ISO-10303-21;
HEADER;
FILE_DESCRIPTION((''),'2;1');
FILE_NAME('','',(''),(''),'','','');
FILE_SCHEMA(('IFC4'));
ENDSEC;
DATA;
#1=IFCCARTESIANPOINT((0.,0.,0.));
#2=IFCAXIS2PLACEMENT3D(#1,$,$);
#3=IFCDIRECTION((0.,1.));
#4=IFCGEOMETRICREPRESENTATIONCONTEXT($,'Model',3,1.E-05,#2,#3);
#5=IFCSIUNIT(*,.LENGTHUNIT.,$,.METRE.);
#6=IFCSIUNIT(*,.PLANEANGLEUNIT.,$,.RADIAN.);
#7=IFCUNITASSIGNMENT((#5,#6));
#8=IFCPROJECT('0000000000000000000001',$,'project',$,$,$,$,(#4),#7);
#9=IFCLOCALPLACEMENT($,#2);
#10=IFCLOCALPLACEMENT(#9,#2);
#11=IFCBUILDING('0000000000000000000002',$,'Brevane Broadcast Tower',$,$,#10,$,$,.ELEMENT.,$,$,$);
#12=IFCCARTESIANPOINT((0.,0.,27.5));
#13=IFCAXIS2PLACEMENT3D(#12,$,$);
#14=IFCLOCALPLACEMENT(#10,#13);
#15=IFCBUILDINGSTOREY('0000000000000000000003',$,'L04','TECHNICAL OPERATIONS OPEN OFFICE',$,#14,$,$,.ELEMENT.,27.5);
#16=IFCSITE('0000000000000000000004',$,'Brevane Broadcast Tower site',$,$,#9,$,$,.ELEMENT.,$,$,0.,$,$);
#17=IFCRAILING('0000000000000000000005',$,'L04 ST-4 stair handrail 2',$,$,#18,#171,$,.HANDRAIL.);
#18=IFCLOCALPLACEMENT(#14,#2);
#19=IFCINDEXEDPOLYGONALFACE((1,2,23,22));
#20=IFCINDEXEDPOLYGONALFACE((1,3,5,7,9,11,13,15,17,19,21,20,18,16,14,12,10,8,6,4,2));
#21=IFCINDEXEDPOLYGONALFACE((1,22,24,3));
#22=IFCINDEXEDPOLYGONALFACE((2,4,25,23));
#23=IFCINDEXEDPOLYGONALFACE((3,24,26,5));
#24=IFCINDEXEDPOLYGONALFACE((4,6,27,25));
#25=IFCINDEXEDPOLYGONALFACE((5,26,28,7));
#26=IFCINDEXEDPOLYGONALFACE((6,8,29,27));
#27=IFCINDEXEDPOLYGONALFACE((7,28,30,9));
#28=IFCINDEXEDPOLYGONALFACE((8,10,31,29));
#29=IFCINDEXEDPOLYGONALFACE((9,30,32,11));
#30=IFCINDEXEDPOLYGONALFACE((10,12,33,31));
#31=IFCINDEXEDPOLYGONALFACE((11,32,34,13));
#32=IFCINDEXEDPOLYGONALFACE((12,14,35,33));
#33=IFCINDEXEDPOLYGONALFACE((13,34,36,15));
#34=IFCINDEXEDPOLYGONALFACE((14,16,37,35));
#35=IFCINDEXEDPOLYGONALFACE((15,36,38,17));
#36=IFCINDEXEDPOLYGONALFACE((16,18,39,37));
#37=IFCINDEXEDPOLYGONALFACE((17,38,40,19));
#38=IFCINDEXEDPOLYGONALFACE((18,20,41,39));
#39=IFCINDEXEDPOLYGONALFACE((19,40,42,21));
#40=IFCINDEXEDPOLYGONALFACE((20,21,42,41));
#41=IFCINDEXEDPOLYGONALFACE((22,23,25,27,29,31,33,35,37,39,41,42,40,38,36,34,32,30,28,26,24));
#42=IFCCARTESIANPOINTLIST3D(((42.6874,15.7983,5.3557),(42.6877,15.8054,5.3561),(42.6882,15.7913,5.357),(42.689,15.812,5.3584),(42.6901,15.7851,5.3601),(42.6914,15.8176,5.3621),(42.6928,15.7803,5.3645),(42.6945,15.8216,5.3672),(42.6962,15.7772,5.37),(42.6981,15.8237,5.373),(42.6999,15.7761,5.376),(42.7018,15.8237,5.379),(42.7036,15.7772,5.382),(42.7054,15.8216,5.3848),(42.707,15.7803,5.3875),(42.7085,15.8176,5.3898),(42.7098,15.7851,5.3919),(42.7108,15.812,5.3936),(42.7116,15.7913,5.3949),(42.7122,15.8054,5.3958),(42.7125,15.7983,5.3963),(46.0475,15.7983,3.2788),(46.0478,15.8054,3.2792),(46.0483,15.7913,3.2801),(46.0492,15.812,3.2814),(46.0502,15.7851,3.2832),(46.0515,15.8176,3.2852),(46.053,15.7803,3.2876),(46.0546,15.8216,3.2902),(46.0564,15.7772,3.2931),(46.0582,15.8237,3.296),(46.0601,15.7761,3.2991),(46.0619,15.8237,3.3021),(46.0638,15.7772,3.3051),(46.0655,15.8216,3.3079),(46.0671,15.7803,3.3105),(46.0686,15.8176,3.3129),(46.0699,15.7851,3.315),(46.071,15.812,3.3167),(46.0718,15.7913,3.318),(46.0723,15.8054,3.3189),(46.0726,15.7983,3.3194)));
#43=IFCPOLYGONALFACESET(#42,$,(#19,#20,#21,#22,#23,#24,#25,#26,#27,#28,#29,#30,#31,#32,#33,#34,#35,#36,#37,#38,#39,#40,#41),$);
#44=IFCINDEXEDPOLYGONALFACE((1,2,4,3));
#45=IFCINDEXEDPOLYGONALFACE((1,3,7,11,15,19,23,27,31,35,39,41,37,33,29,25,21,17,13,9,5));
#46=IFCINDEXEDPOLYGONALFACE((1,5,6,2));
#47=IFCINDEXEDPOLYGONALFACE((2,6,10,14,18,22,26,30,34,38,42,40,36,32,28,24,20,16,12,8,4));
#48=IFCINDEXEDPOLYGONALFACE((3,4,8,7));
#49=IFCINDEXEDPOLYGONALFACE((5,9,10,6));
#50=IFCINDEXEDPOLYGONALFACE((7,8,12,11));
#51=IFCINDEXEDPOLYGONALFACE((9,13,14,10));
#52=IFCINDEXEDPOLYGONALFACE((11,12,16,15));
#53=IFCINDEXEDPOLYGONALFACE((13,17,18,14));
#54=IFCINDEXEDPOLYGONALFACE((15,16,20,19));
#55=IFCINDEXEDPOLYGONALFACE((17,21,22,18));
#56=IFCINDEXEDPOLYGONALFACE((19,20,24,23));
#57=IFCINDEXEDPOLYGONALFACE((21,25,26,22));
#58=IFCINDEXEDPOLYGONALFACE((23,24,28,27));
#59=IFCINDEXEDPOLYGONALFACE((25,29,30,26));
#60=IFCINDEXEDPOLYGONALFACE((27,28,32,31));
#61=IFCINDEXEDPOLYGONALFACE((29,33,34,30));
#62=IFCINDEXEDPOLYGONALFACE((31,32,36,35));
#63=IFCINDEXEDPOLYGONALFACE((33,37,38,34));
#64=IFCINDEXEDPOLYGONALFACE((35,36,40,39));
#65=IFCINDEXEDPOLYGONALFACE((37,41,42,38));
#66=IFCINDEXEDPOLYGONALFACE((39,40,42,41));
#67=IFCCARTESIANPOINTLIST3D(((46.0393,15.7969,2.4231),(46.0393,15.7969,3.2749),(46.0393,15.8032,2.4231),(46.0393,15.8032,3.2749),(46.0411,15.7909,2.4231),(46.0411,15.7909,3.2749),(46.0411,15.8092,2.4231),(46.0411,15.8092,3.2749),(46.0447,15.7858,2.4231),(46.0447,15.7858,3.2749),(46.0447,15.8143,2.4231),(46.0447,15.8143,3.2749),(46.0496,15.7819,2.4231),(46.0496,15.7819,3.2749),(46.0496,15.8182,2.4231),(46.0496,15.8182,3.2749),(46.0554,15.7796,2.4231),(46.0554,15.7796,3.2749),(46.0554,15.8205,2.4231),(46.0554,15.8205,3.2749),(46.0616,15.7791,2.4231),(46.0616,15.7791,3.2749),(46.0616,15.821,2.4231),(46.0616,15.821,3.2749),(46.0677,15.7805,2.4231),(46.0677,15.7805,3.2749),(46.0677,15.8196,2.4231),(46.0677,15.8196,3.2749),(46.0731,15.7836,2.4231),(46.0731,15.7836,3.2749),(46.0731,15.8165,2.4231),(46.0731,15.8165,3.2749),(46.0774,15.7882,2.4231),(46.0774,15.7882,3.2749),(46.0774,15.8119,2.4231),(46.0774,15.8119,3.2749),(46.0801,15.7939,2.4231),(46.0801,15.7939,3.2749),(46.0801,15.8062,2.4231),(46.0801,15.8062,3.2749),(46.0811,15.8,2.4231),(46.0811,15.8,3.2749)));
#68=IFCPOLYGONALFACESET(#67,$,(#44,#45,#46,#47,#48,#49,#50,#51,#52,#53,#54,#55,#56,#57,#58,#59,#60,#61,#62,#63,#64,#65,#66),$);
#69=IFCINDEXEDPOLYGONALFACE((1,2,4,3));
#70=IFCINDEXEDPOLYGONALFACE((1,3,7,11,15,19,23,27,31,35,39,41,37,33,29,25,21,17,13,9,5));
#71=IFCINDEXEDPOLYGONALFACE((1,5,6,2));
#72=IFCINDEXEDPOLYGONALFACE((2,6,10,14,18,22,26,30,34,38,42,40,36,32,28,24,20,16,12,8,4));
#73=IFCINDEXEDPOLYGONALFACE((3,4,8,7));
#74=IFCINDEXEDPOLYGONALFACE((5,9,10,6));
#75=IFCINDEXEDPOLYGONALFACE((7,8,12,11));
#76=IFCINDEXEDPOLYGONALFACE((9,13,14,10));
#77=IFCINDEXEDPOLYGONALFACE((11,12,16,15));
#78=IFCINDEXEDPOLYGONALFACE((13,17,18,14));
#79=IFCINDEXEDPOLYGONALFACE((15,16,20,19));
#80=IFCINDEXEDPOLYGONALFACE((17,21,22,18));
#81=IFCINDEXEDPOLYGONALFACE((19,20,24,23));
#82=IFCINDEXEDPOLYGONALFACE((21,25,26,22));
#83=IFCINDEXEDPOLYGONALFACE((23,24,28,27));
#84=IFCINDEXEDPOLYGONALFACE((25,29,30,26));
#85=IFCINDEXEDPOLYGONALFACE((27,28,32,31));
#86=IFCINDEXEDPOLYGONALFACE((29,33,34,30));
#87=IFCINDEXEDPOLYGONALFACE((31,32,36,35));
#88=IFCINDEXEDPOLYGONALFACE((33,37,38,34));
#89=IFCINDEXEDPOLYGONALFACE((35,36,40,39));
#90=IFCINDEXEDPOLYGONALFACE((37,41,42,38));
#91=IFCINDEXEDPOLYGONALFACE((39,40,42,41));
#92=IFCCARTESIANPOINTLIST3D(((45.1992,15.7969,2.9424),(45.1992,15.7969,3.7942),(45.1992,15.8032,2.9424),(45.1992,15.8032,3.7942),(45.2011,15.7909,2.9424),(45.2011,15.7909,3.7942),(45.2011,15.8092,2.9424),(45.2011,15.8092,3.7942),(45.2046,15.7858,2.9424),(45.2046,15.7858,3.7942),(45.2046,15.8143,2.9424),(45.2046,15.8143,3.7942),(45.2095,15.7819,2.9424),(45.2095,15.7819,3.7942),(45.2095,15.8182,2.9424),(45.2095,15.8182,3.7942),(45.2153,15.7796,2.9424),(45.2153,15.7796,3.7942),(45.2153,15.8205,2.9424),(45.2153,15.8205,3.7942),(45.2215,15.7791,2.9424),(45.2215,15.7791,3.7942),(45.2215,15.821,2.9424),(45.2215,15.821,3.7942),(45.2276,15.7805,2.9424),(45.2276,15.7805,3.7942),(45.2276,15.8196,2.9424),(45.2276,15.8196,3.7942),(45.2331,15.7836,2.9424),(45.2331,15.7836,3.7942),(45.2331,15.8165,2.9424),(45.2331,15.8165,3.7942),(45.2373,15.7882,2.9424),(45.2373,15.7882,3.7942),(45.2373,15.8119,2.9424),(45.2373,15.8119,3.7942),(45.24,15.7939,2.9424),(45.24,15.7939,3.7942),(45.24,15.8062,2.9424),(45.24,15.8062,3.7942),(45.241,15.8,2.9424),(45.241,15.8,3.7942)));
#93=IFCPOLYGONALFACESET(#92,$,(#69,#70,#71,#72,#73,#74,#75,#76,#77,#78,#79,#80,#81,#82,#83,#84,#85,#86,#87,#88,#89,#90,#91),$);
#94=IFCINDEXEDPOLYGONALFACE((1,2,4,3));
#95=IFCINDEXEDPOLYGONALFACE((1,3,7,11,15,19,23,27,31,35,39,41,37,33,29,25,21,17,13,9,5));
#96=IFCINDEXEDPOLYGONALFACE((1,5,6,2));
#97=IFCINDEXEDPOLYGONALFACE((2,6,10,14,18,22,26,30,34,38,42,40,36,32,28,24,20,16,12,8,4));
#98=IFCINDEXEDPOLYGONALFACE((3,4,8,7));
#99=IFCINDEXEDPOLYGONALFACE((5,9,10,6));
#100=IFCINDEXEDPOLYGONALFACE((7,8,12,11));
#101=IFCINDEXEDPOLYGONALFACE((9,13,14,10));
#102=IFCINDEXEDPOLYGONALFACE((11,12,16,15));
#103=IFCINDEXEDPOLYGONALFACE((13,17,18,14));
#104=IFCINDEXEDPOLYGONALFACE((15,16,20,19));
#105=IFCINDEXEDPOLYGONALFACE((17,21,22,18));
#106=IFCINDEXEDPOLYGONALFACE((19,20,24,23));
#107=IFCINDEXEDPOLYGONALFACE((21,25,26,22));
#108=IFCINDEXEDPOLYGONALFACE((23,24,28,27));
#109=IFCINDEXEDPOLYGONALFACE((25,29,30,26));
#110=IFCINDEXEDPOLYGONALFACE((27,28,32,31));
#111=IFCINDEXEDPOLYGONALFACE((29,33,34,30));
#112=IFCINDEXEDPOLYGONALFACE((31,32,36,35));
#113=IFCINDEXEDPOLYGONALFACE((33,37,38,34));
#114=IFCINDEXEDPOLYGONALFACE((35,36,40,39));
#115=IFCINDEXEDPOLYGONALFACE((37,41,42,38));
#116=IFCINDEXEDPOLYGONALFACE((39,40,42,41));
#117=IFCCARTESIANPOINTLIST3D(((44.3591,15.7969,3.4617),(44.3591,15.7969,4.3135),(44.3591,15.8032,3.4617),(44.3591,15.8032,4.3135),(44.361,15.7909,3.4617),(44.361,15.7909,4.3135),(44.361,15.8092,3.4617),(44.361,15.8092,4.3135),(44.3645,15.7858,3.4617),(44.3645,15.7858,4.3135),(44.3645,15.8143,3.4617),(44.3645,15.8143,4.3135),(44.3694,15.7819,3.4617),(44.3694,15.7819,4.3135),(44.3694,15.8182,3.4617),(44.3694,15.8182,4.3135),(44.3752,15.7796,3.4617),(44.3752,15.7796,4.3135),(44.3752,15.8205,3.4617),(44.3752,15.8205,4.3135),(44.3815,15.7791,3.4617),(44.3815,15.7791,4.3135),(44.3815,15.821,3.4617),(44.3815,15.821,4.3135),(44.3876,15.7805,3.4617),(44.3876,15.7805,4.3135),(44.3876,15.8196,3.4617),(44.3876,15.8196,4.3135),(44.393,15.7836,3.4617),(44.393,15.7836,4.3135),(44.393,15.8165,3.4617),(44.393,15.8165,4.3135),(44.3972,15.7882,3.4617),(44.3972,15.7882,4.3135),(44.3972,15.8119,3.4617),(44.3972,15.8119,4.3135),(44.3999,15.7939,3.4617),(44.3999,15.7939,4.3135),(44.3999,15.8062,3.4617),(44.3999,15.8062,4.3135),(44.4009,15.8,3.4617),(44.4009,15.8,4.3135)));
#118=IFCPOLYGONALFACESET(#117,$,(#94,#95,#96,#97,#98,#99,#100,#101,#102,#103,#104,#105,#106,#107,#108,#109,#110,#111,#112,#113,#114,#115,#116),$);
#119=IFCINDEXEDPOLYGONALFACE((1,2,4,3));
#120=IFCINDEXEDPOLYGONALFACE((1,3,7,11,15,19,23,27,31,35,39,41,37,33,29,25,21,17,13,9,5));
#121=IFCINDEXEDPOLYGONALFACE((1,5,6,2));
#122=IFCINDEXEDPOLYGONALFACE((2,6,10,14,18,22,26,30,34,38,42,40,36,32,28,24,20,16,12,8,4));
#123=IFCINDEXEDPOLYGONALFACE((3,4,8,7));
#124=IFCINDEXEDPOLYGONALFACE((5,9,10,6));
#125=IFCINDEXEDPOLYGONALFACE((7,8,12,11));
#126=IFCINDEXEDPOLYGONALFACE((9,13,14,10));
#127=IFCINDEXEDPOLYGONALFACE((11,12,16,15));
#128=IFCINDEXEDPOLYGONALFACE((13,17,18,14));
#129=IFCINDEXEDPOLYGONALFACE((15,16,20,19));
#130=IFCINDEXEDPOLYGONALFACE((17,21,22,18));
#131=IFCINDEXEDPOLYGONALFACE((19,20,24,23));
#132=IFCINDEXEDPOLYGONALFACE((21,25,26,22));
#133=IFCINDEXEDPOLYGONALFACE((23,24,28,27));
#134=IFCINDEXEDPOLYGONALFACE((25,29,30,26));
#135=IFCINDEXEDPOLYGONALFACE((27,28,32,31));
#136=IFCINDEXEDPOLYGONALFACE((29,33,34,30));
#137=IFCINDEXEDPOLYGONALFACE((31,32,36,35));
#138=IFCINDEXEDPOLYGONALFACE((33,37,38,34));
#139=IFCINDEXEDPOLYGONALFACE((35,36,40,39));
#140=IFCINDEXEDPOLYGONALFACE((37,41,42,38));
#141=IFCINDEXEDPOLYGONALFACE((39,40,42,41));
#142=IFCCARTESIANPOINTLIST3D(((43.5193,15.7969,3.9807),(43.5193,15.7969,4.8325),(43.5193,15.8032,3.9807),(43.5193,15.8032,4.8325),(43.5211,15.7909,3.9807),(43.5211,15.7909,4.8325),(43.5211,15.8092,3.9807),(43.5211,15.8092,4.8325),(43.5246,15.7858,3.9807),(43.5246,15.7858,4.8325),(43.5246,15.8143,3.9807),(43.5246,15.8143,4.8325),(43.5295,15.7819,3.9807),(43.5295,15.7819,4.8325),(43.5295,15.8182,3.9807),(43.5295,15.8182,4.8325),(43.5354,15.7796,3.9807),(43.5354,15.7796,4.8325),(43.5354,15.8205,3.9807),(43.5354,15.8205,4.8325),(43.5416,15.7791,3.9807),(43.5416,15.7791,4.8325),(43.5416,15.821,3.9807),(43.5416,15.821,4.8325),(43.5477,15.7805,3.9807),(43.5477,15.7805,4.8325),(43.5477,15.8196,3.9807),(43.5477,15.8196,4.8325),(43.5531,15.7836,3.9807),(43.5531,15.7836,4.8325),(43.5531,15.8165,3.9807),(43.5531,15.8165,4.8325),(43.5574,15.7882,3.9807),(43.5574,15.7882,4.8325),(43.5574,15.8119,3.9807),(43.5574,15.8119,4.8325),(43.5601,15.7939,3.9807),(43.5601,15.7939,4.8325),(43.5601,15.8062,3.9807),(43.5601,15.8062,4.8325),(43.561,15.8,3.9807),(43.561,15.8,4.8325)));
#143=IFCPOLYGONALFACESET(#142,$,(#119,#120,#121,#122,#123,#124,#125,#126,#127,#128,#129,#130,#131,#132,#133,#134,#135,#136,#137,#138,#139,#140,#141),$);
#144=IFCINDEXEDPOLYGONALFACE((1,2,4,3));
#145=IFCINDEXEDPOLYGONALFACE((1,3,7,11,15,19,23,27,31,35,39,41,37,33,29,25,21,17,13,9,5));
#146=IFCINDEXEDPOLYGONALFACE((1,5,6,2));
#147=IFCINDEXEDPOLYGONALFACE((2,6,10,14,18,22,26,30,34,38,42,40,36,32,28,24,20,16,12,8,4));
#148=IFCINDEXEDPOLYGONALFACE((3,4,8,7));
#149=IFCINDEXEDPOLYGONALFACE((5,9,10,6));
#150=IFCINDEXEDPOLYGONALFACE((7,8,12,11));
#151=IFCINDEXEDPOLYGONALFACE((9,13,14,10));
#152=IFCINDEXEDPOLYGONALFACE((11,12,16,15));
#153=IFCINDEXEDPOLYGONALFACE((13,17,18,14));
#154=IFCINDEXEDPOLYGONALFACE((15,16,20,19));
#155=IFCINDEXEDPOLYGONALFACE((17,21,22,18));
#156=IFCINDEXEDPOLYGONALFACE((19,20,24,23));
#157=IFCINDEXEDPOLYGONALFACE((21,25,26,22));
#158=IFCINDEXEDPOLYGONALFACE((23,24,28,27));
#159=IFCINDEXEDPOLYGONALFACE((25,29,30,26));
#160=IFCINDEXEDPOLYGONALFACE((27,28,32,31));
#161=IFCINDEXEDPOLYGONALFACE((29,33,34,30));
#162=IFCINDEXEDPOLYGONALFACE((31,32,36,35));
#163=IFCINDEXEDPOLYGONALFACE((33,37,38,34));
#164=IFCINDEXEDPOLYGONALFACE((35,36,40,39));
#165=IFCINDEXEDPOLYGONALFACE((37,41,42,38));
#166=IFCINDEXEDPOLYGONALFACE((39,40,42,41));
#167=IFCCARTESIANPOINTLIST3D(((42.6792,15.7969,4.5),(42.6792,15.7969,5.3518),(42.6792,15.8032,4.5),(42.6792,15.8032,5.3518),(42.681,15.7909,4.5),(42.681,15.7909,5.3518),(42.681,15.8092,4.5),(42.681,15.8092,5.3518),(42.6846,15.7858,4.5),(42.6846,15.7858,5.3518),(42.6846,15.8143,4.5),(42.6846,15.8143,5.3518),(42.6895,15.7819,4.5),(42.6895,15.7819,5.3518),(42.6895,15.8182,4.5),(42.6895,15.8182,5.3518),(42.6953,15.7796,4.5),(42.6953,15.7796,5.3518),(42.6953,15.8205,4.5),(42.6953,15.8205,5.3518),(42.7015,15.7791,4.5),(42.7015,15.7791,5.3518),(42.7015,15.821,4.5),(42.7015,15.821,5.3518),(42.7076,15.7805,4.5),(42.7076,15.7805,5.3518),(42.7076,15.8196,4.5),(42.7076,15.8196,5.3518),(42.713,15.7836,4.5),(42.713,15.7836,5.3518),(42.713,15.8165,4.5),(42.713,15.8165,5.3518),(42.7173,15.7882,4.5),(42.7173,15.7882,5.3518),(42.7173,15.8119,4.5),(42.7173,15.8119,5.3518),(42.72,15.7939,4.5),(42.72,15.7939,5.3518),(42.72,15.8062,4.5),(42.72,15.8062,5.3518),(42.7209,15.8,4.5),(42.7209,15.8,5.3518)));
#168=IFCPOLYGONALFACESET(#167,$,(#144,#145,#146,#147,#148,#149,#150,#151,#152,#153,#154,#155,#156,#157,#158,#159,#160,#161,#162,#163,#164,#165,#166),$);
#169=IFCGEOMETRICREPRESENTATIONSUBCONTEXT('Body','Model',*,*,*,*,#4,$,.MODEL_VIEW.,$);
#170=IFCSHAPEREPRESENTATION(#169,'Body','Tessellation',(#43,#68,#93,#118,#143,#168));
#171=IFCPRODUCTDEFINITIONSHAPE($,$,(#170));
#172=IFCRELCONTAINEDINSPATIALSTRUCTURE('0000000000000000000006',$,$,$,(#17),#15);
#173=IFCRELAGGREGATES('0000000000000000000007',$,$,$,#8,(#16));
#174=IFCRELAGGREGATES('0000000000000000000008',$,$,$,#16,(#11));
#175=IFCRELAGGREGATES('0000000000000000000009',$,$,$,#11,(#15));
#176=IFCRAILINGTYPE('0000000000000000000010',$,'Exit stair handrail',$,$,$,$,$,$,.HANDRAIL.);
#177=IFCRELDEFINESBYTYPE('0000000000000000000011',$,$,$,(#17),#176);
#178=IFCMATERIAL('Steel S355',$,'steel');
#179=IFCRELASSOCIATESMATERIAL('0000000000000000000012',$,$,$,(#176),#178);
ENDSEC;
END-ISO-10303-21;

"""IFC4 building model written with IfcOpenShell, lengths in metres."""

from ifc_helpers import new_model, si_unit, direction, frame, origin, origin_2d, place, context, subcontext, project, spatial, circle, extrude, material, type_object, element, save


model = new_model("IFC4")

# Units and contexts
model_context = context("Model", 3, precision=1e-05, world=origin(), true_north=direction((0.0, 1.0)))
body_context = subcontext(model_context, "Body", "Model", "MODEL_VIEW")
ifc_project = project(units=[si_unit("LENGTHUNIT", "METRE"), si_unit("PLANEANGLEUNIT", "RADIAN")], contexts=[model_context])

# Site, building, storey
site_placement = place(None, origin())
site = spatial("IfcSite", under=ifc_project, at=site_placement, Name="Brevane Broadcast Tower site", CompositionType="ELEMENT", RefElevation=0.0)
building_placement = place(site_placement, origin())
building = spatial("IfcBuilding", under=site, at=building_placement, Name="Brevane Broadcast Tower", CompositionType="ELEMENT")
storey_placement = place(building_placement, frame((0.0, 0.0, 27.5)))
storey = spatial("IfcBuildingStorey", under=building, at=storey_placement, Name="L04", Description="TECHNICAL OPERATIONS OPEN OFFICE", CompositionType="ELEMENT", Elevation=27.5)

# Railing
ifc_material_1 = material(Name="Steel S355", Category="steel")
railing_type_1 = type_object("IfcRailingType", Name="Exit stair handrail", PredefinedType="HANDRAIL", material=ifc_material_1)
railing_1_placement = place(storey_placement, frame((46.0601, 15.8, 2.4231)))
element("IfcRailing", 1, at=railing_1_placement, inside=storey, type_object=railing_type_1, Name="L04 ST-4 stair handrail 2", PredefinedType="HANDRAIL", context=body_context, shape_type="SweptSolid", body=[
    extrude(circle(Radius=0.0239, at=origin_2d()), frame((0.0, 0.0, 0.876), z_axis=(-0.850623, 0.0, 0.525776), x_axis=(0.0, -1.0, 0.0)), (0.0, 0.0, 1.0), 3.9502),
    extrude(circle(Radius=0.021, at=origin_2d()), origin(), (0.0, 0.0, 1.0), 0.8518),
    extrude(circle(Radius=0.021, at=origin_2d()), frame((-0.8401, 0.0, 0.5193)), (0.0, 0.0, 1.0), 0.8518),
    extrude(circle(Radius=0.021, at=origin_2d()), frame((-1.6802, 0.0, 1.0386)), (0.0, 0.0, 1.0), 0.8518),
    extrude(circle(Radius=0.021, at=origin_2d()), frame((-2.52, 0.0, 1.5576)), (0.0, 0.0, 1.0), 0.8518),
    extrude(circle(Radius=0.021, at=origin_2d()), frame((-3.3601, 0.0, 2.0769)), (0.0, 0.0, 1.0), 0.8518),
])

save(model, "model.ifc")
